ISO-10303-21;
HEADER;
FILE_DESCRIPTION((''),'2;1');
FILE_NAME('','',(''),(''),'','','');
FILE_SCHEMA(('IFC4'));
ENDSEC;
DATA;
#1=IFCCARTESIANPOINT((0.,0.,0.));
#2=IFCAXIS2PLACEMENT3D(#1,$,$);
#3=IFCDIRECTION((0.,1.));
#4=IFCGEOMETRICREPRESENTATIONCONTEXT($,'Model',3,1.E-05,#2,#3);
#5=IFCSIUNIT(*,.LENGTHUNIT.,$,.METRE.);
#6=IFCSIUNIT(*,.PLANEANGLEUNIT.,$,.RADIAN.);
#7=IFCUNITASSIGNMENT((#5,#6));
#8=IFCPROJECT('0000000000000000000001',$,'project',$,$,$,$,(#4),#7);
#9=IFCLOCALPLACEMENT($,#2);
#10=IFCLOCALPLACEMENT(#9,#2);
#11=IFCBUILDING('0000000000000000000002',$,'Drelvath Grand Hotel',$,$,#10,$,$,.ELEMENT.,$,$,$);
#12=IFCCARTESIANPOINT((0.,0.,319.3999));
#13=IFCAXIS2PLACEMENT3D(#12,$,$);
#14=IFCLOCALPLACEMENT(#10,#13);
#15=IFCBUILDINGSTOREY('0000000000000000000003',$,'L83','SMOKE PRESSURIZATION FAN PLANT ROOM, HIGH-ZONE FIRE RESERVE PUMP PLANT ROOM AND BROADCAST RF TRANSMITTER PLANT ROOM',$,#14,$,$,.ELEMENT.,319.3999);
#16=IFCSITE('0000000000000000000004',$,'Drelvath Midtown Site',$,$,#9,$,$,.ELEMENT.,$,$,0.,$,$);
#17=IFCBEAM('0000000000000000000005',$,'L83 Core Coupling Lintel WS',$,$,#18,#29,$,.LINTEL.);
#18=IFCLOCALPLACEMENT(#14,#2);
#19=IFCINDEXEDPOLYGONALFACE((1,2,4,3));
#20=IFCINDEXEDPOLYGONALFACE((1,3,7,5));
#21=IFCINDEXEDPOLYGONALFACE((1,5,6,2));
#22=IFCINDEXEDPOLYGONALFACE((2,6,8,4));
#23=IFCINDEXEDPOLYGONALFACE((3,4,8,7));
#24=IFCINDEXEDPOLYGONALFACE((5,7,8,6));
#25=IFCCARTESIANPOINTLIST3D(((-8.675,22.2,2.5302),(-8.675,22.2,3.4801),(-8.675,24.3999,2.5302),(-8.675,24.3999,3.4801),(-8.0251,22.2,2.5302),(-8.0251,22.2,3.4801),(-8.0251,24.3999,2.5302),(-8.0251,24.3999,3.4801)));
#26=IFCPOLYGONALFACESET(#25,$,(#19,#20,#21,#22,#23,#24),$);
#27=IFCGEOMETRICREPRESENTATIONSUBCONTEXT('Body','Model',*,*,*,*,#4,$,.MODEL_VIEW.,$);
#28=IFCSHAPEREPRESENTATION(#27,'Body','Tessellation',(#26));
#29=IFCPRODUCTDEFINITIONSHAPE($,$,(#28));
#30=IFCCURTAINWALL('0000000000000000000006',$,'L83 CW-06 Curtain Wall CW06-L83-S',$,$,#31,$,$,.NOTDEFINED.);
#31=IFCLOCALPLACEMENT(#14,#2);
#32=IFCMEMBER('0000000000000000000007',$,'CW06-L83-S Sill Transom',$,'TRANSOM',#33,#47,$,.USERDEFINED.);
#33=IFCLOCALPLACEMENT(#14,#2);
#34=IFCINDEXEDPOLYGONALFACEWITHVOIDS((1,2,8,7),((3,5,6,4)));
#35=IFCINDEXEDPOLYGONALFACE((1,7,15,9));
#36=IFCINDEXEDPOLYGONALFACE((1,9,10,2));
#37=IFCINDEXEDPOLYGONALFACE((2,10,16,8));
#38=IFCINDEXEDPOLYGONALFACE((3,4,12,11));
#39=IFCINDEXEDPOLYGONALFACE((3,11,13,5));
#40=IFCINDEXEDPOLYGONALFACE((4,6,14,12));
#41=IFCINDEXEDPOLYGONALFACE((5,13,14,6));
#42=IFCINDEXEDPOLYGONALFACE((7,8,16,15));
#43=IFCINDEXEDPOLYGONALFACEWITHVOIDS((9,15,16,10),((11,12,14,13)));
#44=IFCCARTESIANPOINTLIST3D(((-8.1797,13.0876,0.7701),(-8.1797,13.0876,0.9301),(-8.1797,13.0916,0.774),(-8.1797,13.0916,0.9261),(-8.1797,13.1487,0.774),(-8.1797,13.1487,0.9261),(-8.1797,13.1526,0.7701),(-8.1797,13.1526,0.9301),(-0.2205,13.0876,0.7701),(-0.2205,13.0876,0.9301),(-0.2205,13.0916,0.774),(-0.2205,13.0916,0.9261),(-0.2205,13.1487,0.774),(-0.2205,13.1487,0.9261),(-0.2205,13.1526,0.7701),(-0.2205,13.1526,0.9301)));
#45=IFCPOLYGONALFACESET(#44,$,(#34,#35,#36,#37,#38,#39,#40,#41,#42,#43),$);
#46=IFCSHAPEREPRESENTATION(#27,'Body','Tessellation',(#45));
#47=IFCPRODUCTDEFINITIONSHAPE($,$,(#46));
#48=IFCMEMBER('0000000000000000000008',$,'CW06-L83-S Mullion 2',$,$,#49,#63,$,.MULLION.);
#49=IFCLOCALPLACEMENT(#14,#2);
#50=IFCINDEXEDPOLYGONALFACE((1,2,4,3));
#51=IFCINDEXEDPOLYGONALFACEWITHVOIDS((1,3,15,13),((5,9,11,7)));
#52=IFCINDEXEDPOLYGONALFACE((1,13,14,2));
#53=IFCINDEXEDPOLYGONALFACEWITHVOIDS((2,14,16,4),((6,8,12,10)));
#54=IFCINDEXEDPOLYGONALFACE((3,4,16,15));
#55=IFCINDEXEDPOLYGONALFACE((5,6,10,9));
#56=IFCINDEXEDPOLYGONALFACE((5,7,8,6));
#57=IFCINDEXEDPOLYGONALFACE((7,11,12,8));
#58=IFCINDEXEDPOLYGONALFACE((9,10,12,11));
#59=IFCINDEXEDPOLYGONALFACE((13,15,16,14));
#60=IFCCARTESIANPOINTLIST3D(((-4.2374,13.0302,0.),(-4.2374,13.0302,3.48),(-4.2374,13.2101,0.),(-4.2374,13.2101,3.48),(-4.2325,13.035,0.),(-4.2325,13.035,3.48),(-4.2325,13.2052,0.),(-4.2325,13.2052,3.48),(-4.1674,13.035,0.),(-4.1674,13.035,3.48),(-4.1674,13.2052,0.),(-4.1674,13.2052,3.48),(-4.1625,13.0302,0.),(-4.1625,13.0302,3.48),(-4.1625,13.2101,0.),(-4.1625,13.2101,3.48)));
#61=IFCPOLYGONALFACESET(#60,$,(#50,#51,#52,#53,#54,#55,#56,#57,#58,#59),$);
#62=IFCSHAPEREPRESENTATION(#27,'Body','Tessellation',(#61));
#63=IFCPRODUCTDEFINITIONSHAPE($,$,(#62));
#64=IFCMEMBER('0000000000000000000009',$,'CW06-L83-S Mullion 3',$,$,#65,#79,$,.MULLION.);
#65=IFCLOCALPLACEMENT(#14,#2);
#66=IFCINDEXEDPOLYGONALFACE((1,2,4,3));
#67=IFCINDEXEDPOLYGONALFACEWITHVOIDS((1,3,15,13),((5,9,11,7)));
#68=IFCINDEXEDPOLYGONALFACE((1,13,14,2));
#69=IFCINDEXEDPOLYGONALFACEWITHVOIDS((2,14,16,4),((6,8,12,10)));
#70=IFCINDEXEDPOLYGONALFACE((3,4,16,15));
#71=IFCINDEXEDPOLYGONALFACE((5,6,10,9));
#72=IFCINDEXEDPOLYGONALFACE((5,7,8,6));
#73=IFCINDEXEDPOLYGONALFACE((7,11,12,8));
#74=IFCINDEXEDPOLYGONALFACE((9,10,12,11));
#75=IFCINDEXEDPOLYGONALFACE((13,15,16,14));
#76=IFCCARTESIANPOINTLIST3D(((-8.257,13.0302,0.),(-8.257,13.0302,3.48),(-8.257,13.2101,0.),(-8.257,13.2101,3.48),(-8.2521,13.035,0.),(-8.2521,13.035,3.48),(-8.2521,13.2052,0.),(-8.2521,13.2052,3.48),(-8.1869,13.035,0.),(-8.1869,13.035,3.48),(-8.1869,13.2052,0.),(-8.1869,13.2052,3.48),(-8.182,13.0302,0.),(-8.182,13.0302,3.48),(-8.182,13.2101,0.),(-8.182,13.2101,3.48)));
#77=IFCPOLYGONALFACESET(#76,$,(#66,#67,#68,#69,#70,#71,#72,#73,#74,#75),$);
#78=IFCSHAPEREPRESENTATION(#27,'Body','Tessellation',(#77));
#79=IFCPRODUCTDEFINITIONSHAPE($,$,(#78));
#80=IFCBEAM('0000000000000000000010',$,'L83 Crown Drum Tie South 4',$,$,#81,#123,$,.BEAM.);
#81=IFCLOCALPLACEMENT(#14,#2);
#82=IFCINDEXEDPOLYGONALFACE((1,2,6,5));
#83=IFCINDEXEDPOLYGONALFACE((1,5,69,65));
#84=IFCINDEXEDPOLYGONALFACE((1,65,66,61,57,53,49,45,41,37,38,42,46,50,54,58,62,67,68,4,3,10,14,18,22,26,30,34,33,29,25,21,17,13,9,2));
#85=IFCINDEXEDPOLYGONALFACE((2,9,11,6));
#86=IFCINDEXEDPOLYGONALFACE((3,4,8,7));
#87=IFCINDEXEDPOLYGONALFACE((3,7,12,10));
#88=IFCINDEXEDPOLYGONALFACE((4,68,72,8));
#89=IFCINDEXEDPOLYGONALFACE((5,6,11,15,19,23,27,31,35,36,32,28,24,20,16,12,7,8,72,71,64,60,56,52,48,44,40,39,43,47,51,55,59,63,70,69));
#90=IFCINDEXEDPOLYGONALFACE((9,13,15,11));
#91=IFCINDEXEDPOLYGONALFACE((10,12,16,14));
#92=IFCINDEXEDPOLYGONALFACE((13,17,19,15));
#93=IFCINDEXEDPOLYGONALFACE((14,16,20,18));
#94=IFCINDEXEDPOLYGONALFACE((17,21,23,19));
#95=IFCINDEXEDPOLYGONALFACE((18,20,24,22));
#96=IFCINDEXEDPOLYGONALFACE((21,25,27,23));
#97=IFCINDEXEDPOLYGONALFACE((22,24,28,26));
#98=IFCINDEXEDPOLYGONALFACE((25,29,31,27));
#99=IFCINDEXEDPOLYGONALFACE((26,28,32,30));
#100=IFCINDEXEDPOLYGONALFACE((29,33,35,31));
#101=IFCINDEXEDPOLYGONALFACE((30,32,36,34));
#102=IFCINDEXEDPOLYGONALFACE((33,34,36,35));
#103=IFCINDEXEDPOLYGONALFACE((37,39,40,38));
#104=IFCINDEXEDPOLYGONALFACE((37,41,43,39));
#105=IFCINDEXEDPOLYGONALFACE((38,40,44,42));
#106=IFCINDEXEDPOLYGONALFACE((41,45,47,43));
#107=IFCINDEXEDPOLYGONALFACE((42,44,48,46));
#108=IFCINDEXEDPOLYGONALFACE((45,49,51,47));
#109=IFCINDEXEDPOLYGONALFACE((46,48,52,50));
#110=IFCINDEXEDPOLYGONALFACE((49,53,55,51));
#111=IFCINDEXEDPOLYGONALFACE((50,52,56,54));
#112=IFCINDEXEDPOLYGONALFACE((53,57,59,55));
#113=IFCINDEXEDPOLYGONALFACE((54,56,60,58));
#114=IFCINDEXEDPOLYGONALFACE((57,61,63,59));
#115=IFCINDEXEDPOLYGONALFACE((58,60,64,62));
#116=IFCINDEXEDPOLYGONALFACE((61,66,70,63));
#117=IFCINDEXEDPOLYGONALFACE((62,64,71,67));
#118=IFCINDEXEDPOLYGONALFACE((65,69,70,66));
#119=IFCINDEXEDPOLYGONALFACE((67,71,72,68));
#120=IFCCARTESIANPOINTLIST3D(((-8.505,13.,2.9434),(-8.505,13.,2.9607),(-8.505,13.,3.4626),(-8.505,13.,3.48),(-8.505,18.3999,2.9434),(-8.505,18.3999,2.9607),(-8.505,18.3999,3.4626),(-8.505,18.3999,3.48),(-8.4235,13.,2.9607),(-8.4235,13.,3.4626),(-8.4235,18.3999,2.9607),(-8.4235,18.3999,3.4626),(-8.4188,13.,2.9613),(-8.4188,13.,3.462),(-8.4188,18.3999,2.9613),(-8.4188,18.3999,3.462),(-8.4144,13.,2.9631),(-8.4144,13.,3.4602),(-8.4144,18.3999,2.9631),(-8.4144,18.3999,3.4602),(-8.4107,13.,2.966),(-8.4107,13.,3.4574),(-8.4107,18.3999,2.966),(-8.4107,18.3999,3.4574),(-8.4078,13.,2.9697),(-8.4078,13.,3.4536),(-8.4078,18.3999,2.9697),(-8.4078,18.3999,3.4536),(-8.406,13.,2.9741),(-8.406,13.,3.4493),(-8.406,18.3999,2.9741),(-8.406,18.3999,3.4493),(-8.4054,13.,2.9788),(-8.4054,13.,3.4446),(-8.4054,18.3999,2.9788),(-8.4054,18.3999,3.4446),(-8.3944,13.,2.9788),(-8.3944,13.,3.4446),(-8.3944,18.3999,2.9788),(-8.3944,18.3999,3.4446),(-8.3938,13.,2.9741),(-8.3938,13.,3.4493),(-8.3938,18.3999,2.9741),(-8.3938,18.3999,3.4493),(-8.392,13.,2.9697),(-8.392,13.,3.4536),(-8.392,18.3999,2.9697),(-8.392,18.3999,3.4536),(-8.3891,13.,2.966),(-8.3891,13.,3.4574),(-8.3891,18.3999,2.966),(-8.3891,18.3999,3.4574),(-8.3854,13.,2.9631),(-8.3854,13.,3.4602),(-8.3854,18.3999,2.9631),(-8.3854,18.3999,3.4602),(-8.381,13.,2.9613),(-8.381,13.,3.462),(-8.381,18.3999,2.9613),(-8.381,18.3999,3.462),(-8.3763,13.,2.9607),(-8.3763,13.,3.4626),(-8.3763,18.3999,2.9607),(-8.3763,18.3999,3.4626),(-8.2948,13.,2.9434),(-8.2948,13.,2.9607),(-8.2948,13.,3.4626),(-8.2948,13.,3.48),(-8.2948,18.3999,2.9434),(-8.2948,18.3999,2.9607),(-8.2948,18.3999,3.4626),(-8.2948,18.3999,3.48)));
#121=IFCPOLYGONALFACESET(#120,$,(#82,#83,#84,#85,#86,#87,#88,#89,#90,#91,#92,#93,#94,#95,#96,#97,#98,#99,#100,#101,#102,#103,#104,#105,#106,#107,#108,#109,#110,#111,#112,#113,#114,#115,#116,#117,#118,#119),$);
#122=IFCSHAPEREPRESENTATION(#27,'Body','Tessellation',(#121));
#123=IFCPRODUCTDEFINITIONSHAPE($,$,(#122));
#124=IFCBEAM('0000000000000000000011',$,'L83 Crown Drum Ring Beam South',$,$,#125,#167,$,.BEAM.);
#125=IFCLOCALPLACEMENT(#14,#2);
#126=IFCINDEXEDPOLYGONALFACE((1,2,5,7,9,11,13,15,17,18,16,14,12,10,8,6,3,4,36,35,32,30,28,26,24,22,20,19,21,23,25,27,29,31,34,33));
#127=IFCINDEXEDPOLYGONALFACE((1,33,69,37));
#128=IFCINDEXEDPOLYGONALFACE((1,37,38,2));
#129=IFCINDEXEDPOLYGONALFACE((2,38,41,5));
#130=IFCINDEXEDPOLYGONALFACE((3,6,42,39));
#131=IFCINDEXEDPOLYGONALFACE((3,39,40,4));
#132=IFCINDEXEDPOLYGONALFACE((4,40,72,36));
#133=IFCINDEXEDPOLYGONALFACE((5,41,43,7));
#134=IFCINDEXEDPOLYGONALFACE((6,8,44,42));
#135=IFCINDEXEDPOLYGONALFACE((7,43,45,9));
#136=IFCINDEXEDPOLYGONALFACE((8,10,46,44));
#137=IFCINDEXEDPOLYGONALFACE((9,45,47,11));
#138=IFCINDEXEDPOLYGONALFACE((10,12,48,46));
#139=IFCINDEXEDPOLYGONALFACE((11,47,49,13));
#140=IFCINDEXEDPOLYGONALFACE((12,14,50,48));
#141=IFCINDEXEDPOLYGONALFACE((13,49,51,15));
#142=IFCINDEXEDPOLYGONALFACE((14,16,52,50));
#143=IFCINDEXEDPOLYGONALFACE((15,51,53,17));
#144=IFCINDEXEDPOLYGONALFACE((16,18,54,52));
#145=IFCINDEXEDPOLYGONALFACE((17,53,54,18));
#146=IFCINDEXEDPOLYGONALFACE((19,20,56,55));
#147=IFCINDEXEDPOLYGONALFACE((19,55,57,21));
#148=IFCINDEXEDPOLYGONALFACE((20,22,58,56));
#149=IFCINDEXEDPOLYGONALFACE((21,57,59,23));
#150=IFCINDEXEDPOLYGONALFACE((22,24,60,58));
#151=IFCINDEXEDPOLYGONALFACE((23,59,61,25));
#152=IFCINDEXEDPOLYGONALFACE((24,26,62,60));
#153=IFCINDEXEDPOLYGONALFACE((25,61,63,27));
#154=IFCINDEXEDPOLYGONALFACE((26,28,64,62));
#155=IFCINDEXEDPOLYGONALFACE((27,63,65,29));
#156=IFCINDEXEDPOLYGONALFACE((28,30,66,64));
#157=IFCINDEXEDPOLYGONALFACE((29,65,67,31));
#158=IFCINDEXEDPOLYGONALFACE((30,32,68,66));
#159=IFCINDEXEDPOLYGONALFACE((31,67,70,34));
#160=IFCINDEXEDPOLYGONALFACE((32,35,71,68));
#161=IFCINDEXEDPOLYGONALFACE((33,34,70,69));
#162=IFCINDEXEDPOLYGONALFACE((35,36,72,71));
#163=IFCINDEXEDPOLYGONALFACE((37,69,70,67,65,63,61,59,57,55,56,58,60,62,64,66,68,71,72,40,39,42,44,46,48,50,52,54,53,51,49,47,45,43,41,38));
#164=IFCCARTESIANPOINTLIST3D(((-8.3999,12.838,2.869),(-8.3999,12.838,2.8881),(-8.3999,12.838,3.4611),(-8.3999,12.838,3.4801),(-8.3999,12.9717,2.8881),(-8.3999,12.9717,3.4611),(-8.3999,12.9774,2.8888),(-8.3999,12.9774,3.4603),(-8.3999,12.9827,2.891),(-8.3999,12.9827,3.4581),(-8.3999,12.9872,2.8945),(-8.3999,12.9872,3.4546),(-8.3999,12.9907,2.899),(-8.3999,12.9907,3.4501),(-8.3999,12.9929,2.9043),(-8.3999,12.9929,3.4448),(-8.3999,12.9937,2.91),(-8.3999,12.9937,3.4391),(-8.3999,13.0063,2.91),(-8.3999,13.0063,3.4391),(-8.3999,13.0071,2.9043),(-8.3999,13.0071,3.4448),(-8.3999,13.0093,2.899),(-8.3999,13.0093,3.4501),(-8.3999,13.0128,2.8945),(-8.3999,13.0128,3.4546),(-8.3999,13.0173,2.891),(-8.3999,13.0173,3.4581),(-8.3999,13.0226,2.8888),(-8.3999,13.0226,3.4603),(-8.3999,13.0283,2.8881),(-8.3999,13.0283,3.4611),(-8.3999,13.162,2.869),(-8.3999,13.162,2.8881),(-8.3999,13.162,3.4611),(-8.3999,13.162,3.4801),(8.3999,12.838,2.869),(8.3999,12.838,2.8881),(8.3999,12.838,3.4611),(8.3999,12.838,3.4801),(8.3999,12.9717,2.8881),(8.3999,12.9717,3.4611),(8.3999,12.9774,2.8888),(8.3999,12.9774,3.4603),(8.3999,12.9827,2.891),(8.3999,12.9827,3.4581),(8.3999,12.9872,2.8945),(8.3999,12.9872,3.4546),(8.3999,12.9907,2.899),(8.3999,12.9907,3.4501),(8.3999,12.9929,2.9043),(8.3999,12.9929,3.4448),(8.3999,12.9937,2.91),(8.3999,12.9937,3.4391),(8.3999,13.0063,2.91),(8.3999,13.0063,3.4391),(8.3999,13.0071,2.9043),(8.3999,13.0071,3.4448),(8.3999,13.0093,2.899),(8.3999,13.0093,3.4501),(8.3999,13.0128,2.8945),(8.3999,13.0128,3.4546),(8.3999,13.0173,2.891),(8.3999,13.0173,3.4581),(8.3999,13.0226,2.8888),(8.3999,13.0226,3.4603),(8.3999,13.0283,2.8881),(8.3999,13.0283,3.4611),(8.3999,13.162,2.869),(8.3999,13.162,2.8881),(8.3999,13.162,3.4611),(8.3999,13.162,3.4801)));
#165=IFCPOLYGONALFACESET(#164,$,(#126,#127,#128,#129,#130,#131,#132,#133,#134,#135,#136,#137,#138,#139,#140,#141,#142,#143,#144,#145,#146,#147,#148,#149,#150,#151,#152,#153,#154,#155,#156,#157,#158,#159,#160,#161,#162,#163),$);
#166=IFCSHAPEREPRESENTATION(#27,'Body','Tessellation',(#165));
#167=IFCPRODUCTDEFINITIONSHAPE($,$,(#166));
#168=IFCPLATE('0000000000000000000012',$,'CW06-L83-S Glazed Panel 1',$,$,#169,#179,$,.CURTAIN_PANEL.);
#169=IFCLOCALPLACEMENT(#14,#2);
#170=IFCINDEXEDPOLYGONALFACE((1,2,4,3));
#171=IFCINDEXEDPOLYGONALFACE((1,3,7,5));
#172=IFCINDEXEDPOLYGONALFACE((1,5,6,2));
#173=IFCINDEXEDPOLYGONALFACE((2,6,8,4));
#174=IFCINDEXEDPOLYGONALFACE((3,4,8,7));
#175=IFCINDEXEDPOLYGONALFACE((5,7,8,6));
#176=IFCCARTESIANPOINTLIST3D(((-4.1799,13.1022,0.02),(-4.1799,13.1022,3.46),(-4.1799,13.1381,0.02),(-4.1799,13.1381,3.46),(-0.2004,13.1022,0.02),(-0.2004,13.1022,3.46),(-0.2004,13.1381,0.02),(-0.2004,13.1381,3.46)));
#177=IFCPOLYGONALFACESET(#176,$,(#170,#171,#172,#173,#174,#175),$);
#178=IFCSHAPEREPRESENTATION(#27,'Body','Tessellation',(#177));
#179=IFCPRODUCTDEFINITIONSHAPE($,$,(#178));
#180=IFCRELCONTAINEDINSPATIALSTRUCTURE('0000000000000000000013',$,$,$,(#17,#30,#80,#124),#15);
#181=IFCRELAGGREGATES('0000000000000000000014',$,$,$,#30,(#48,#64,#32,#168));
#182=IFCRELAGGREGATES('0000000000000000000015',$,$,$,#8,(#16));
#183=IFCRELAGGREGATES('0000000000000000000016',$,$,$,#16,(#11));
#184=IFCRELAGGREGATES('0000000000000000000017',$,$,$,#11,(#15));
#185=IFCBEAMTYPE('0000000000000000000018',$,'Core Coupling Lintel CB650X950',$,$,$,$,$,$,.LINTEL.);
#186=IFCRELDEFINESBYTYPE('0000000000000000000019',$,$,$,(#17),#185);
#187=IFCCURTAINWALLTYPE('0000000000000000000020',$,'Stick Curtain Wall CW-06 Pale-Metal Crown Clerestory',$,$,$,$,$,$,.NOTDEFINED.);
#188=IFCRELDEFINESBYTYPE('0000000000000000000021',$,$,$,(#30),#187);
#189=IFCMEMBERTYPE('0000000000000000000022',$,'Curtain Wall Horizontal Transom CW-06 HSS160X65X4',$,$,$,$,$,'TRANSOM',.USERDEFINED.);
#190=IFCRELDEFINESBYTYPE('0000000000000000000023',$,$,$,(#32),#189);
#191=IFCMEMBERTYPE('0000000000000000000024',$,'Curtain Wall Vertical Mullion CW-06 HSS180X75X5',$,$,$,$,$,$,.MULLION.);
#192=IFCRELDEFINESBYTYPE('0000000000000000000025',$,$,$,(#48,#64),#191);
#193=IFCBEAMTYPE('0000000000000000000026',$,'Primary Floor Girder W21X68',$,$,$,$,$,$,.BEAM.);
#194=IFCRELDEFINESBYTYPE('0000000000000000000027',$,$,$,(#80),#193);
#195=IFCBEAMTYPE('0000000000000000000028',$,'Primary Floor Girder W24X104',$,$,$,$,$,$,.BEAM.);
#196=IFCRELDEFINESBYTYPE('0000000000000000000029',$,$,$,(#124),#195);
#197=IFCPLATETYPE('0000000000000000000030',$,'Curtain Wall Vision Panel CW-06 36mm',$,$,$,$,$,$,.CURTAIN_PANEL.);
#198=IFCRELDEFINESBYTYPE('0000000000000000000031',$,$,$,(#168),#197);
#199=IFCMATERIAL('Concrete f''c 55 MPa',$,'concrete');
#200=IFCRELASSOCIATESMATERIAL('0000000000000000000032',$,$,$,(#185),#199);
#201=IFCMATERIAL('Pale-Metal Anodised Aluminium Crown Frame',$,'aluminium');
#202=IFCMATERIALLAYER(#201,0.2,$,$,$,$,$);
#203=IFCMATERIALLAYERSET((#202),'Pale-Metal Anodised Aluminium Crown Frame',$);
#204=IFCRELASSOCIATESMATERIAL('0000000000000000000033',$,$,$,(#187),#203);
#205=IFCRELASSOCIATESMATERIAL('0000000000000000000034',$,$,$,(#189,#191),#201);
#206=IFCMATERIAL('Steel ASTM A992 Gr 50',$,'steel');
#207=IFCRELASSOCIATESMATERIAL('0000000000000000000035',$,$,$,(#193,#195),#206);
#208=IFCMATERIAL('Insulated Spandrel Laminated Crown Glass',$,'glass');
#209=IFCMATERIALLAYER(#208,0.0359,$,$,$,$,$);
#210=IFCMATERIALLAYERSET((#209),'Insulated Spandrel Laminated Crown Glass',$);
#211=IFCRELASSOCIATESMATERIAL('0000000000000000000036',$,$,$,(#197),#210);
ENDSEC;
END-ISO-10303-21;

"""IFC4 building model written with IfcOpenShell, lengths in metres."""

from ifc_helpers import new_model, si_unit, direction, frame, origin, origin_2d, place, context, subcontext, project, spatial, rectangle, hollow_rectangle, i_section, extrude, material, layer, layer_set, material_profile, profile_set, type_object, element, aggregate, save


model = new_model("IFC4")

# Units and contexts
model_context = context("Model", 3, precision=1e-05, world=origin(), true_north=direction((0.0, 1.0)))
body_context = subcontext(model_context, "Body", "Model", "MODEL_VIEW")
ifc_project = project(units=[si_unit("LENGTHUNIT", "METRE"), si_unit("PLANEANGLEUNIT", "RADIAN")], contexts=[model_context])

# Site, building, storey
site_placement = place(None, origin())
site = spatial("IfcSite", under=ifc_project, at=site_placement, Name="Drelvath Midtown Site", CompositionType="ELEMENT", RefElevation=0.0)
building_placement = place(site_placement, origin())
building = spatial("IfcBuilding", under=site, at=building_placement, Name="Drelvath Grand Hotel", CompositionType="ELEMENT")
storey_placement = place(building_placement, frame((0.0, 0.0, 319.3999)))
storey = spatial("IfcBuildingStorey", under=building, at=storey_placement, Name="L83", Description="SMOKE PRESSURIZATION FAN PLANT ROOM, HIGH-ZONE FIRE RESERVE PUMP PLANT ROOM AND BROADCAST RF TRANSMITTER PLANT ROOM", CompositionType="ELEMENT", Elevation=319.3999)

# Beam
ifc_material_1 = material(Name="Concrete f'c 55 MPa", Category="concrete")
ifc_material_profile_1 = material_profile(ifc_material_1, rectangle(XDim=0.6499, YDim=0.95, at=origin_2d()), Name="CB650X950")
ifc_profile_set_1 = profile_set([ifc_material_profile_1], Name="Concrete f'c 55 MPa")
beam_type_1 = type_object("IfcBeamType", Name="Core Coupling Lintel CB650X950", PredefinedType="LINTEL", material=ifc_profile_set_1)
beam_1_placement = place(storey_placement, frame((-8.3501, 22.2, 3.0051), z_axis=(0.0, 1.0, 0.0), x_axis=(-1.0, 0.0, 0.0)))
element("IfcBeam", 1, at=beam_1_placement, inside=storey, type_object=beam_type_1, Name="L83 Core Coupling Lintel WS", PredefinedType="LINTEL", context=body_context, shape_type="SweptSolid", body=[
    extrude(rectangle(XDim=0.6499, YDim=0.95, at=origin_2d()), origin(), (0.0, 0.0, 1.0), 2.2),
])

# Curtain wall, members
ifc_material_2 = material(Name="Pale-Metal Anodised Aluminium Crown Frame", Category="aluminium")
ifc_layer_1 = layer(ifc_material_2, 0.2)
ifc_layer_set_1 = layer_set([ifc_layer_1], Name="Pale-Metal Anodised Aluminium Crown Frame")
curtain_wall_type = type_object("IfcCurtainWallType", Name="Stick Curtain Wall CW-06 Pale-Metal Crown Clerestory", PredefinedType="NOTDEFINED", material=ifc_layer_set_1)
curtain_wall_placement = place(storey_placement, origin())
curtain_wall = element("IfcCurtainWall", 2, at=curtain_wall_placement, inside=storey, type_object=curtain_wall_type, Name="L83 CW-06 Curtain Wall CW06-L83-S", PredefinedType="NOTDEFINED")
ifc_material_profile_2 = material_profile(ifc_material_2, hollow_rectangle(XDim=0.0649, YDim=0.1599, WallThickness=0.0039, at=origin_2d()), Name="HSS160X65X4")
ifc_profile_set_2 = profile_set([ifc_material_profile_2], Name="Pale-Metal Anodised Aluminium Crown Frame")
member_type_1 = type_object("IfcMemberType", Name="Curtain Wall Horizontal Transom CW-06 HSS160X65X4", ElementType="TRANSOM", PredefinedType="USERDEFINED", material=ifc_profile_set_2)
member_1_placement = place(storey_placement, frame((-0.2205, 13.1201, 0.8501), z_axis=(-1.0, 0.0, 0.0), x_axis=(0.0, -1.0, 0.0)))
member_1 = element("IfcMember", 3, at=member_1_placement, type_object=member_type_1, Name="CW06-L83-S Sill Transom", ObjectType="TRANSOM", PredefinedType="USERDEFINED", context=body_context, shape_type="SweptSolid", body=[
    extrude(hollow_rectangle(XDim=0.0649, YDim=0.1599, WallThickness=0.0039, at=origin_2d()), origin(), (0.0, 0.0, 1.0), 7.9592),
])
ifc_material_profile_3 = material_profile(ifc_material_2, hollow_rectangle(XDim=0.075, YDim=0.1799, WallThickness=0.0049, at=origin_2d()), Name="HSS180X75X5")
ifc_profile_set_3 = profile_set([ifc_material_profile_3], Name="Pale-Metal Anodised Aluminium Crown Frame")
member_type_2 = type_object("IfcMemberType", Name="Curtain Wall Vertical Mullion CW-06 HSS180X75X5", PredefinedType="MULLION", material=ifc_profile_set_3)
member_2_placement = place(storey_placement, frame((-4.2, 13.1201, 0.0), z_axis=(0.0, 0.0, 1.0), x_axis=(1.0, 0.0, 0.0)))
member_2 = element("IfcMember", 4, at=member_2_placement, type_object=member_type_2, Name="CW06-L83-S Mullion 2", PredefinedType="MULLION", context=body_context, shape_type="SweptSolid", body=[
    extrude(hollow_rectangle(XDim=0.075, YDim=0.1799, WallThickness=0.0049, at=origin_2d()), origin(), (0.0, 0.0, 1.0), 3.48),
])
member_3_placement = place(storey_placement, frame((-8.2195, 13.1201, 0.0), z_axis=(0.0, 0.0, 1.0), x_axis=(1.0, 0.0, 0.0)))
member_3 = element("IfcMember", 5, at=member_3_placement, type_object=member_type_2, Name="CW06-L83-S Mullion 3", PredefinedType="MULLION", context=body_context, shape_type="SweptSolid", body=[
    extrude(hollow_rectangle(XDim=0.075, YDim=0.1799, WallThickness=0.0049, at=origin_2d()), origin(), (0.0, 0.0, 1.0), 3.48),
])

# Beams
ifc_material_3 = material(Name="Steel ASTM A992 Gr 50", Category="steel")
ifc_material_profile_4 = material_profile(ifc_material_3, i_section(OverallWidth=0.2102, OverallDepth=0.5366, WebThickness=0.011, FlangeThickness=0.0173, FilletRadius=0.0181, at=origin_2d()), Name="W21X68")
ifc_profile_set_4 = profile_set([ifc_material_profile_4], Name="Steel ASTM A992 Gr 50")
beam_type_2 = type_object("IfcBeamType", Name="Primary Floor Girder W21X68", PredefinedType="BEAM", material=ifc_profile_set_4)
beam_2_placement = place(storey_placement, frame((-8.3999, 13.0, 3.2117), z_axis=(0.0, 1.0, 0.0), x_axis=(-1.0, 0.0, 0.0)))
element("IfcBeam", 6, at=beam_2_placement, inside=storey, type_object=beam_type_2, Name="L83 Crown Drum Tie South 4", PredefinedType="BEAM", context=body_context, shape_type="SweptSolid", body=[
    extrude(i_section(OverallWidth=0.2102, OverallDepth=0.5366, WebThickness=0.011, FlangeThickness=0.0173, FilletRadius=0.0181, at=origin_2d()), origin(), (0.0, 0.0, 1.0), 5.3999),
])
ifc_material_profile_5 = material_profile(ifc_material_3, i_section(OverallWidth=0.324, OverallDepth=0.6111, WebThickness=0.0127, FlangeThickness=0.019, FilletRadius=0.022, at=origin_2d()), Name="W24X104")
ifc_profile_set_5 = profile_set([ifc_material_profile_5], Name="Steel ASTM A992 Gr 50")
beam_type_3 = type_object("IfcBeamType", Name="Primary Floor Girder W24X104", PredefinedType="BEAM", material=ifc_profile_set_5)
beam_3_placement = place(storey_placement, frame((-8.3999, 13.0, 3.1746), z_axis=(1.0, 0.0, 0.0), x_axis=(0.0, 1.0, 0.0)))
element("IfcBeam", 7, at=beam_3_placement, inside=storey, type_object=beam_type_3, Name="L83 Crown Drum Ring Beam South", PredefinedType="BEAM", context=body_context, shape_type="SweptSolid", body=[
    extrude(i_section(OverallWidth=0.324, OverallDepth=0.6111, WebThickness=0.0127, FlangeThickness=0.019, FilletRadius=0.022, at=origin_2d()), origin(), (0.0, 0.0, 1.0), 16.7998),
])

# Plate
ifc_material_4 = material(Name="Insulated Spandrel Laminated Crown Glass", Category="glass")
ifc_layer_2 = layer(ifc_material_4, 0.0359)
ifc_layer_set_2 = layer_set([ifc_layer_2], Name="Insulated Spandrel Laminated Crown Glass")
plate_type = type_object("IfcPlateType", Name="Curtain Wall Vision Panel CW-06 36mm", PredefinedType="CURTAIN_PANEL", material=ifc_layer_set_2)
plate_1_placement = place(storey_placement, frame((-2.1902, 13.1201, 0.02), z_axis=(0.0, 0.0, 1.0), x_axis=(-1.0, 0.0, 0.0)))
plate_1 = element("IfcPlate", 8, at=plate_1_placement, type_object=plate_type, Name="CW06-L83-S Glazed Panel 1", PredefinedType="CURTAIN_PANEL", context=body_context, shape_type="SweptSolid", body=[
    extrude(rectangle(XDim=3.9795, YDim=0.0359, at=origin_2d()), origin(), (0.0, 0.0, 1.0), 3.4399),
])
aggregate(curtain_wall, [member_2, member_3, member_1, plate_1])

save(model, "model.ifc")
